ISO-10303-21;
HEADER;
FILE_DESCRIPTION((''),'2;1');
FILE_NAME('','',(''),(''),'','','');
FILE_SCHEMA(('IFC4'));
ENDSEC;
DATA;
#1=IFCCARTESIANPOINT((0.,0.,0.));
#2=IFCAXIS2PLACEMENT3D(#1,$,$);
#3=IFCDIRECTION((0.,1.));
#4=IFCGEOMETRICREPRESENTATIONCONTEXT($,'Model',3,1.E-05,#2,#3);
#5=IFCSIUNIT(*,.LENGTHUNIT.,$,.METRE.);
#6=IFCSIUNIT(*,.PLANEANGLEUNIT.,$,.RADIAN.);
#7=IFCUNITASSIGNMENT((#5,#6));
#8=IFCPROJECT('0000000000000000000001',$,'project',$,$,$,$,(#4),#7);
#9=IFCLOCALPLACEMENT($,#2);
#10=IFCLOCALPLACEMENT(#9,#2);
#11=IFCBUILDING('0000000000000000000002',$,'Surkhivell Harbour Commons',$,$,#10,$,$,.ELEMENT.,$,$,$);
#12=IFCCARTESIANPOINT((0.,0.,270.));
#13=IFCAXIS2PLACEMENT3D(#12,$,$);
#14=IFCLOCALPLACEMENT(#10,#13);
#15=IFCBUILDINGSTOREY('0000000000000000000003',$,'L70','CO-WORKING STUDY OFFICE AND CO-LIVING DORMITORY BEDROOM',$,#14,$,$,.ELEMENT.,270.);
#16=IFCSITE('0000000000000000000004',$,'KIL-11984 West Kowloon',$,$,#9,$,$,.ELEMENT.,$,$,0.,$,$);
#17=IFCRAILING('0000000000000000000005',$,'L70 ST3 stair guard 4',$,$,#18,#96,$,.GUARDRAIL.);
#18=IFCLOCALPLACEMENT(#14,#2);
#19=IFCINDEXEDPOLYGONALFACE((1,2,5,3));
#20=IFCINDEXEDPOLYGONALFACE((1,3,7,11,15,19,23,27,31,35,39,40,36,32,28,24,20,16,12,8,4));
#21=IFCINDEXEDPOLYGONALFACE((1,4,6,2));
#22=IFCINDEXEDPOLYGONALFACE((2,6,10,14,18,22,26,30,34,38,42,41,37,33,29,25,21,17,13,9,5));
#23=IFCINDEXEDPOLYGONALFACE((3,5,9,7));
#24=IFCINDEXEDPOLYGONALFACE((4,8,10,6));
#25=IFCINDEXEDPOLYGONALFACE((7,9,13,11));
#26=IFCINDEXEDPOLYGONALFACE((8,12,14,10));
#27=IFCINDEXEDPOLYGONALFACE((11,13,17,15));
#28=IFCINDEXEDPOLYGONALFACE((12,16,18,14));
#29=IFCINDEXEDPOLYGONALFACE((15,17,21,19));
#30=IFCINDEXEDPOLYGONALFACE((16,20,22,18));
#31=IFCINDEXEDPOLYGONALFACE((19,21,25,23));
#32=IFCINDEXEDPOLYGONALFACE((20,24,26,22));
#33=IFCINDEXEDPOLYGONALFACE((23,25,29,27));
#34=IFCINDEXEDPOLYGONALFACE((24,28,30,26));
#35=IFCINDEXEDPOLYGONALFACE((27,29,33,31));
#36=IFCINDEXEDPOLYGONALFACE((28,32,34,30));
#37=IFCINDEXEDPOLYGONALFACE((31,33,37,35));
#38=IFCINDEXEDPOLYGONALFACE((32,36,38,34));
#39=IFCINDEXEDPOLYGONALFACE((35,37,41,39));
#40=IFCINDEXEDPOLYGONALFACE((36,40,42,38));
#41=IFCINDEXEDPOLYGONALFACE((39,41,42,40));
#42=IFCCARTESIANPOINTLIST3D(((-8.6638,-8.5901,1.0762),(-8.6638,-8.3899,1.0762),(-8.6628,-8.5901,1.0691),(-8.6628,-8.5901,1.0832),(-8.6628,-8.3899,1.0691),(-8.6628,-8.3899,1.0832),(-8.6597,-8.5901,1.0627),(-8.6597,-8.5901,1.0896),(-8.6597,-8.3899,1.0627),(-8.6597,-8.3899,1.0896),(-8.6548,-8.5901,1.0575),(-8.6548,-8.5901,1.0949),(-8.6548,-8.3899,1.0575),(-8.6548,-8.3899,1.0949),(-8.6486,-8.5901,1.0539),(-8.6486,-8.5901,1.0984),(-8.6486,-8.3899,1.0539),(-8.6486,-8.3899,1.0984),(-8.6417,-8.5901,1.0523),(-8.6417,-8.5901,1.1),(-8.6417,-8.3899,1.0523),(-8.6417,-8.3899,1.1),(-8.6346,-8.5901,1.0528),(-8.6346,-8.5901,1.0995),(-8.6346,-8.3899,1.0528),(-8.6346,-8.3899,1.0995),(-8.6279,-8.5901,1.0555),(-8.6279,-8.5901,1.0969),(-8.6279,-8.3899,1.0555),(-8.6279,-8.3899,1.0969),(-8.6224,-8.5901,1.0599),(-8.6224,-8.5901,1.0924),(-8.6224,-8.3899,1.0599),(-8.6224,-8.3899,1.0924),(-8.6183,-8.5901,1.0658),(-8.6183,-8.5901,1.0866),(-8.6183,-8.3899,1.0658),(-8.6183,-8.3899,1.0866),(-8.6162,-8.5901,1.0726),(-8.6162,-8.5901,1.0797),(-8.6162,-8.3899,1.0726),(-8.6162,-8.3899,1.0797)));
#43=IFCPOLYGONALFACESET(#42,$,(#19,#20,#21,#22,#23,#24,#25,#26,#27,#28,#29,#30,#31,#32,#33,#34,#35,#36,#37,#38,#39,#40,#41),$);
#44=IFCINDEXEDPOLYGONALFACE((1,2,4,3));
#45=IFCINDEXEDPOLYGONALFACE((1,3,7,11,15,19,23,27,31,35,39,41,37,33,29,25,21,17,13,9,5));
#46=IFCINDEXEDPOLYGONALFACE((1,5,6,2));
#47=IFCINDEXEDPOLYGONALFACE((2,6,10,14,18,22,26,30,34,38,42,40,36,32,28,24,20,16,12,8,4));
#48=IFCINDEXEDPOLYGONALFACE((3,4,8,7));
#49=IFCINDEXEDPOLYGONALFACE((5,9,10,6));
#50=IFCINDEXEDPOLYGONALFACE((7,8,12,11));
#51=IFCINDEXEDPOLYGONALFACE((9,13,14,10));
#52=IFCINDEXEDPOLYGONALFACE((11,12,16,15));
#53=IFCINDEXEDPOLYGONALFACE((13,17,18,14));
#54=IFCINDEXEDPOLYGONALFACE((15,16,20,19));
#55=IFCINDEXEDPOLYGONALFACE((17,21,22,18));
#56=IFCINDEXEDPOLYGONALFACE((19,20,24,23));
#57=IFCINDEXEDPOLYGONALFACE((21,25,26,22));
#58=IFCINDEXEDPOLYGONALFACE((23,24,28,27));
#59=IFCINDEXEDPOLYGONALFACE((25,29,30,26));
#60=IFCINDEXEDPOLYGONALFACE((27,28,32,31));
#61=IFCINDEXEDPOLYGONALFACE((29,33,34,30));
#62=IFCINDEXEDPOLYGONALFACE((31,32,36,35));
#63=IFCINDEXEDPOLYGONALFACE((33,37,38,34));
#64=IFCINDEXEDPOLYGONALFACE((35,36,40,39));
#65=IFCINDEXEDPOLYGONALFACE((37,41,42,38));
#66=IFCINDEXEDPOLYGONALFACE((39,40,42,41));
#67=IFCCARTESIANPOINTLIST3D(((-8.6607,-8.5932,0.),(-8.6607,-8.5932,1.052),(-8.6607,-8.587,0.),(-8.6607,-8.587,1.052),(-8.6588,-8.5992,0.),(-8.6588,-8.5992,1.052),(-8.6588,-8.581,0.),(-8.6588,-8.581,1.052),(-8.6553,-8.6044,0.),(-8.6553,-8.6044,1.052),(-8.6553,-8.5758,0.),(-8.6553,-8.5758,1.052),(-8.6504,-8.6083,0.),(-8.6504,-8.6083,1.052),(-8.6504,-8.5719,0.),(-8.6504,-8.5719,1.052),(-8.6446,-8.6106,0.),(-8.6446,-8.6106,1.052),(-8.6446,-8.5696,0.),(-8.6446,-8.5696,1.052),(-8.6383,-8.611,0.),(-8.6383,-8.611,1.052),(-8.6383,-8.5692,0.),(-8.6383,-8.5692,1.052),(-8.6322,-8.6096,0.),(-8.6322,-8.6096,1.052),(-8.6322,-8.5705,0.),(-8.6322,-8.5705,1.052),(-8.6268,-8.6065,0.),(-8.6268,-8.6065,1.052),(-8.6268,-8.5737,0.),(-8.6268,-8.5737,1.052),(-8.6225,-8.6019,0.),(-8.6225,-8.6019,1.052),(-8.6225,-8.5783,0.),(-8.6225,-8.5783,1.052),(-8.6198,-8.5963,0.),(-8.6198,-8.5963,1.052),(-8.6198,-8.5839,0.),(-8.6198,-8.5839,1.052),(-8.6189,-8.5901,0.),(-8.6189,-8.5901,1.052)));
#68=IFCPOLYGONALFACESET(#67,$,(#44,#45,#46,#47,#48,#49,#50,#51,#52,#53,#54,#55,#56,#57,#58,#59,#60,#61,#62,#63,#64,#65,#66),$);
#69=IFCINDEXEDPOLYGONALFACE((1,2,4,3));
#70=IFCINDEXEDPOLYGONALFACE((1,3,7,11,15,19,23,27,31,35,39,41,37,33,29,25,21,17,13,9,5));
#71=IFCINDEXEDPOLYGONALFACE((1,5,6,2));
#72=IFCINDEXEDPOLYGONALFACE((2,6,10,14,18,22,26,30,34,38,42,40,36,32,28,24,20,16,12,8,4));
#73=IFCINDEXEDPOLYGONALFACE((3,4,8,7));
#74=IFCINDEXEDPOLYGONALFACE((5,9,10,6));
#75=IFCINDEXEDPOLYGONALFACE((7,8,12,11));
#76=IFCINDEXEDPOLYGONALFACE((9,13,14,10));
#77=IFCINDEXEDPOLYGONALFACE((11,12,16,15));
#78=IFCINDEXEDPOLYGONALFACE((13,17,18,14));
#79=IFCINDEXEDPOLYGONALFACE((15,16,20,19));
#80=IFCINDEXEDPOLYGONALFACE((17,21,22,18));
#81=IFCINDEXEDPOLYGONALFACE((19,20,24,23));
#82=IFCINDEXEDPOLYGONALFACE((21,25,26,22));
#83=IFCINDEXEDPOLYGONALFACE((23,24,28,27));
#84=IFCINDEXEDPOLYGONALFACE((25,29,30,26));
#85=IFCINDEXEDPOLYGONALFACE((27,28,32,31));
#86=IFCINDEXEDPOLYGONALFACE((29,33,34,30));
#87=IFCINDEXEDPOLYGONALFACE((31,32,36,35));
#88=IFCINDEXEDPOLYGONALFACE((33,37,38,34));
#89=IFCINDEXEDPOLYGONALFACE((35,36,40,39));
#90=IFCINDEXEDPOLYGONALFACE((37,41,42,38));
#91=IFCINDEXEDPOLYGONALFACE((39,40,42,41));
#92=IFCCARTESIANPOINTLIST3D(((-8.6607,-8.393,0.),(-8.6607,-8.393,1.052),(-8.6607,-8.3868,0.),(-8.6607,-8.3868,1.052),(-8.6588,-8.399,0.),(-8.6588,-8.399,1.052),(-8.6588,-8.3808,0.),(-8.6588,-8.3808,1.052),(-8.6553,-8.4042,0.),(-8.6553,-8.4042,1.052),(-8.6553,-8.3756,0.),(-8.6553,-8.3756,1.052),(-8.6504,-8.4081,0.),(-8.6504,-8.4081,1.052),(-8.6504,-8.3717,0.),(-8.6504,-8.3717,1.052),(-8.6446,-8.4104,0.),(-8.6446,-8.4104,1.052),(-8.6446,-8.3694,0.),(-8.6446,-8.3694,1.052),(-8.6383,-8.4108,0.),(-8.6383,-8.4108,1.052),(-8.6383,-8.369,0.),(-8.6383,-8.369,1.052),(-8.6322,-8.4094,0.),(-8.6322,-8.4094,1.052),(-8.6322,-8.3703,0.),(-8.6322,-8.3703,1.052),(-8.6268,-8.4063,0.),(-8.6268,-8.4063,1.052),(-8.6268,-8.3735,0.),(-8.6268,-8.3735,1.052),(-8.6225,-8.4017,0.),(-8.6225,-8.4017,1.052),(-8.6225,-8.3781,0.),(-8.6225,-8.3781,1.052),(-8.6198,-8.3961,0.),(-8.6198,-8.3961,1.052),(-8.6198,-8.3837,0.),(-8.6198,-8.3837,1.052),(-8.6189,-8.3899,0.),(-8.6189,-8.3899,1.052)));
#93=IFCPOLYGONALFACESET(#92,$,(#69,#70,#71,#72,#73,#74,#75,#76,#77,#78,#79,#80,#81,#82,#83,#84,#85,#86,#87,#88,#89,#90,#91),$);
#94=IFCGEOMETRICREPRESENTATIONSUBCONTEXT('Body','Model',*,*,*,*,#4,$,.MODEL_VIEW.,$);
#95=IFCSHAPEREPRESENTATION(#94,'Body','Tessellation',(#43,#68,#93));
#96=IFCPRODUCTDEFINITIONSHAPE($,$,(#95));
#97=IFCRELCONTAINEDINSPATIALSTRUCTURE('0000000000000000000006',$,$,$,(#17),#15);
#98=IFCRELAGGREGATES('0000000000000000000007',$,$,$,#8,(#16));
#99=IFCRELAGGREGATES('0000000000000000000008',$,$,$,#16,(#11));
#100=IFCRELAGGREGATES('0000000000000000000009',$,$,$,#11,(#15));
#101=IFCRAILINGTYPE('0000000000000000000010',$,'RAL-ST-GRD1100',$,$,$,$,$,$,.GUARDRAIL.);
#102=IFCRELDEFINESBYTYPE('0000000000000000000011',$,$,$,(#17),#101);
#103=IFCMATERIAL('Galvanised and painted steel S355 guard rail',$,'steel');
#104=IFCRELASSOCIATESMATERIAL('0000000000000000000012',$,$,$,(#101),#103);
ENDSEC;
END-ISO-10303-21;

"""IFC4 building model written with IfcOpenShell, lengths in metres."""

from ifc_helpers import new_model, si_unit, direction, frame, origin, origin_2d, place, context, subcontext, project, spatial, circle, extrude, material, type_object, element, save


model = new_model("IFC4")

# Units and contexts
model_context = context("Model", 3, precision=1e-05, world=origin(), true_north=direction((0.0, 1.0)))
body_context = subcontext(model_context, "Body", "Model", "MODEL_VIEW")
ifc_project = project(units=[si_unit("LENGTHUNIT", "METRE"), si_unit("PLANEANGLEUNIT", "RADIAN")], contexts=[model_context])

# Site, building, storey
site_placement = place(None, origin())
site = spatial("IfcSite", under=ifc_project, at=site_placement, Name="KIL-11984 West Kowloon", CompositionType="ELEMENT", RefElevation=0.0)
building_placement = place(site_placement, origin())
building = spatial("IfcBuilding", under=site, at=building_placement, Name="Surkhivell Harbour Commons", CompositionType="ELEMENT")
storey_placement = place(building_placement, frame((0.0, 0.0, 270.0)))
storey = spatial("IfcBuildingStorey", under=building, at=storey_placement, Name="L70", Description="CO-WORKING STUDY OFFICE AND CO-LIVING DORMITORY BEDROOM", CompositionType="ELEMENT", Elevation=270.0)

# Railing
ifc_material_1 = material(Name="Galvanised and painted steel S355 guard rail", Category="steel")
railing_type_1 = type_object("IfcRailingType", Name="RAL-ST-GRD1100", PredefinedType="GUARDRAIL", material=ifc_material_1)
railing_1_placement = place(storey_placement, frame((-8.6399, -8.5901, 0.0)))
element("IfcRailing", 1, at=railing_1_placement, inside=storey, type_object=railing_type_1, Name="L70 ST3 stair guard 4", PredefinedType="GUARDRAIL", context=body_context, shape_type="SweptSolid", body=[
    extrude(circle(Radius=0.0239, at=origin_2d()), frame((0.0, 0.0, 1.0762), z_axis=(0.0, 1.0, 0.0), x_axis=(-1.0, 0.0, 0.0)), (0.0, 0.0, 1.0), 0.2002),
    extrude(circle(Radius=0.021, at=origin_2d()), origin(), (0.0, 0.0, 1.0), 1.052),
    extrude(circle(Radius=0.021, at=origin_2d()), frame((0.0, 0.2002, 0.0)), (0.0, 0.0, 1.0), 1.052),
])

save(model, "model.ifc")
